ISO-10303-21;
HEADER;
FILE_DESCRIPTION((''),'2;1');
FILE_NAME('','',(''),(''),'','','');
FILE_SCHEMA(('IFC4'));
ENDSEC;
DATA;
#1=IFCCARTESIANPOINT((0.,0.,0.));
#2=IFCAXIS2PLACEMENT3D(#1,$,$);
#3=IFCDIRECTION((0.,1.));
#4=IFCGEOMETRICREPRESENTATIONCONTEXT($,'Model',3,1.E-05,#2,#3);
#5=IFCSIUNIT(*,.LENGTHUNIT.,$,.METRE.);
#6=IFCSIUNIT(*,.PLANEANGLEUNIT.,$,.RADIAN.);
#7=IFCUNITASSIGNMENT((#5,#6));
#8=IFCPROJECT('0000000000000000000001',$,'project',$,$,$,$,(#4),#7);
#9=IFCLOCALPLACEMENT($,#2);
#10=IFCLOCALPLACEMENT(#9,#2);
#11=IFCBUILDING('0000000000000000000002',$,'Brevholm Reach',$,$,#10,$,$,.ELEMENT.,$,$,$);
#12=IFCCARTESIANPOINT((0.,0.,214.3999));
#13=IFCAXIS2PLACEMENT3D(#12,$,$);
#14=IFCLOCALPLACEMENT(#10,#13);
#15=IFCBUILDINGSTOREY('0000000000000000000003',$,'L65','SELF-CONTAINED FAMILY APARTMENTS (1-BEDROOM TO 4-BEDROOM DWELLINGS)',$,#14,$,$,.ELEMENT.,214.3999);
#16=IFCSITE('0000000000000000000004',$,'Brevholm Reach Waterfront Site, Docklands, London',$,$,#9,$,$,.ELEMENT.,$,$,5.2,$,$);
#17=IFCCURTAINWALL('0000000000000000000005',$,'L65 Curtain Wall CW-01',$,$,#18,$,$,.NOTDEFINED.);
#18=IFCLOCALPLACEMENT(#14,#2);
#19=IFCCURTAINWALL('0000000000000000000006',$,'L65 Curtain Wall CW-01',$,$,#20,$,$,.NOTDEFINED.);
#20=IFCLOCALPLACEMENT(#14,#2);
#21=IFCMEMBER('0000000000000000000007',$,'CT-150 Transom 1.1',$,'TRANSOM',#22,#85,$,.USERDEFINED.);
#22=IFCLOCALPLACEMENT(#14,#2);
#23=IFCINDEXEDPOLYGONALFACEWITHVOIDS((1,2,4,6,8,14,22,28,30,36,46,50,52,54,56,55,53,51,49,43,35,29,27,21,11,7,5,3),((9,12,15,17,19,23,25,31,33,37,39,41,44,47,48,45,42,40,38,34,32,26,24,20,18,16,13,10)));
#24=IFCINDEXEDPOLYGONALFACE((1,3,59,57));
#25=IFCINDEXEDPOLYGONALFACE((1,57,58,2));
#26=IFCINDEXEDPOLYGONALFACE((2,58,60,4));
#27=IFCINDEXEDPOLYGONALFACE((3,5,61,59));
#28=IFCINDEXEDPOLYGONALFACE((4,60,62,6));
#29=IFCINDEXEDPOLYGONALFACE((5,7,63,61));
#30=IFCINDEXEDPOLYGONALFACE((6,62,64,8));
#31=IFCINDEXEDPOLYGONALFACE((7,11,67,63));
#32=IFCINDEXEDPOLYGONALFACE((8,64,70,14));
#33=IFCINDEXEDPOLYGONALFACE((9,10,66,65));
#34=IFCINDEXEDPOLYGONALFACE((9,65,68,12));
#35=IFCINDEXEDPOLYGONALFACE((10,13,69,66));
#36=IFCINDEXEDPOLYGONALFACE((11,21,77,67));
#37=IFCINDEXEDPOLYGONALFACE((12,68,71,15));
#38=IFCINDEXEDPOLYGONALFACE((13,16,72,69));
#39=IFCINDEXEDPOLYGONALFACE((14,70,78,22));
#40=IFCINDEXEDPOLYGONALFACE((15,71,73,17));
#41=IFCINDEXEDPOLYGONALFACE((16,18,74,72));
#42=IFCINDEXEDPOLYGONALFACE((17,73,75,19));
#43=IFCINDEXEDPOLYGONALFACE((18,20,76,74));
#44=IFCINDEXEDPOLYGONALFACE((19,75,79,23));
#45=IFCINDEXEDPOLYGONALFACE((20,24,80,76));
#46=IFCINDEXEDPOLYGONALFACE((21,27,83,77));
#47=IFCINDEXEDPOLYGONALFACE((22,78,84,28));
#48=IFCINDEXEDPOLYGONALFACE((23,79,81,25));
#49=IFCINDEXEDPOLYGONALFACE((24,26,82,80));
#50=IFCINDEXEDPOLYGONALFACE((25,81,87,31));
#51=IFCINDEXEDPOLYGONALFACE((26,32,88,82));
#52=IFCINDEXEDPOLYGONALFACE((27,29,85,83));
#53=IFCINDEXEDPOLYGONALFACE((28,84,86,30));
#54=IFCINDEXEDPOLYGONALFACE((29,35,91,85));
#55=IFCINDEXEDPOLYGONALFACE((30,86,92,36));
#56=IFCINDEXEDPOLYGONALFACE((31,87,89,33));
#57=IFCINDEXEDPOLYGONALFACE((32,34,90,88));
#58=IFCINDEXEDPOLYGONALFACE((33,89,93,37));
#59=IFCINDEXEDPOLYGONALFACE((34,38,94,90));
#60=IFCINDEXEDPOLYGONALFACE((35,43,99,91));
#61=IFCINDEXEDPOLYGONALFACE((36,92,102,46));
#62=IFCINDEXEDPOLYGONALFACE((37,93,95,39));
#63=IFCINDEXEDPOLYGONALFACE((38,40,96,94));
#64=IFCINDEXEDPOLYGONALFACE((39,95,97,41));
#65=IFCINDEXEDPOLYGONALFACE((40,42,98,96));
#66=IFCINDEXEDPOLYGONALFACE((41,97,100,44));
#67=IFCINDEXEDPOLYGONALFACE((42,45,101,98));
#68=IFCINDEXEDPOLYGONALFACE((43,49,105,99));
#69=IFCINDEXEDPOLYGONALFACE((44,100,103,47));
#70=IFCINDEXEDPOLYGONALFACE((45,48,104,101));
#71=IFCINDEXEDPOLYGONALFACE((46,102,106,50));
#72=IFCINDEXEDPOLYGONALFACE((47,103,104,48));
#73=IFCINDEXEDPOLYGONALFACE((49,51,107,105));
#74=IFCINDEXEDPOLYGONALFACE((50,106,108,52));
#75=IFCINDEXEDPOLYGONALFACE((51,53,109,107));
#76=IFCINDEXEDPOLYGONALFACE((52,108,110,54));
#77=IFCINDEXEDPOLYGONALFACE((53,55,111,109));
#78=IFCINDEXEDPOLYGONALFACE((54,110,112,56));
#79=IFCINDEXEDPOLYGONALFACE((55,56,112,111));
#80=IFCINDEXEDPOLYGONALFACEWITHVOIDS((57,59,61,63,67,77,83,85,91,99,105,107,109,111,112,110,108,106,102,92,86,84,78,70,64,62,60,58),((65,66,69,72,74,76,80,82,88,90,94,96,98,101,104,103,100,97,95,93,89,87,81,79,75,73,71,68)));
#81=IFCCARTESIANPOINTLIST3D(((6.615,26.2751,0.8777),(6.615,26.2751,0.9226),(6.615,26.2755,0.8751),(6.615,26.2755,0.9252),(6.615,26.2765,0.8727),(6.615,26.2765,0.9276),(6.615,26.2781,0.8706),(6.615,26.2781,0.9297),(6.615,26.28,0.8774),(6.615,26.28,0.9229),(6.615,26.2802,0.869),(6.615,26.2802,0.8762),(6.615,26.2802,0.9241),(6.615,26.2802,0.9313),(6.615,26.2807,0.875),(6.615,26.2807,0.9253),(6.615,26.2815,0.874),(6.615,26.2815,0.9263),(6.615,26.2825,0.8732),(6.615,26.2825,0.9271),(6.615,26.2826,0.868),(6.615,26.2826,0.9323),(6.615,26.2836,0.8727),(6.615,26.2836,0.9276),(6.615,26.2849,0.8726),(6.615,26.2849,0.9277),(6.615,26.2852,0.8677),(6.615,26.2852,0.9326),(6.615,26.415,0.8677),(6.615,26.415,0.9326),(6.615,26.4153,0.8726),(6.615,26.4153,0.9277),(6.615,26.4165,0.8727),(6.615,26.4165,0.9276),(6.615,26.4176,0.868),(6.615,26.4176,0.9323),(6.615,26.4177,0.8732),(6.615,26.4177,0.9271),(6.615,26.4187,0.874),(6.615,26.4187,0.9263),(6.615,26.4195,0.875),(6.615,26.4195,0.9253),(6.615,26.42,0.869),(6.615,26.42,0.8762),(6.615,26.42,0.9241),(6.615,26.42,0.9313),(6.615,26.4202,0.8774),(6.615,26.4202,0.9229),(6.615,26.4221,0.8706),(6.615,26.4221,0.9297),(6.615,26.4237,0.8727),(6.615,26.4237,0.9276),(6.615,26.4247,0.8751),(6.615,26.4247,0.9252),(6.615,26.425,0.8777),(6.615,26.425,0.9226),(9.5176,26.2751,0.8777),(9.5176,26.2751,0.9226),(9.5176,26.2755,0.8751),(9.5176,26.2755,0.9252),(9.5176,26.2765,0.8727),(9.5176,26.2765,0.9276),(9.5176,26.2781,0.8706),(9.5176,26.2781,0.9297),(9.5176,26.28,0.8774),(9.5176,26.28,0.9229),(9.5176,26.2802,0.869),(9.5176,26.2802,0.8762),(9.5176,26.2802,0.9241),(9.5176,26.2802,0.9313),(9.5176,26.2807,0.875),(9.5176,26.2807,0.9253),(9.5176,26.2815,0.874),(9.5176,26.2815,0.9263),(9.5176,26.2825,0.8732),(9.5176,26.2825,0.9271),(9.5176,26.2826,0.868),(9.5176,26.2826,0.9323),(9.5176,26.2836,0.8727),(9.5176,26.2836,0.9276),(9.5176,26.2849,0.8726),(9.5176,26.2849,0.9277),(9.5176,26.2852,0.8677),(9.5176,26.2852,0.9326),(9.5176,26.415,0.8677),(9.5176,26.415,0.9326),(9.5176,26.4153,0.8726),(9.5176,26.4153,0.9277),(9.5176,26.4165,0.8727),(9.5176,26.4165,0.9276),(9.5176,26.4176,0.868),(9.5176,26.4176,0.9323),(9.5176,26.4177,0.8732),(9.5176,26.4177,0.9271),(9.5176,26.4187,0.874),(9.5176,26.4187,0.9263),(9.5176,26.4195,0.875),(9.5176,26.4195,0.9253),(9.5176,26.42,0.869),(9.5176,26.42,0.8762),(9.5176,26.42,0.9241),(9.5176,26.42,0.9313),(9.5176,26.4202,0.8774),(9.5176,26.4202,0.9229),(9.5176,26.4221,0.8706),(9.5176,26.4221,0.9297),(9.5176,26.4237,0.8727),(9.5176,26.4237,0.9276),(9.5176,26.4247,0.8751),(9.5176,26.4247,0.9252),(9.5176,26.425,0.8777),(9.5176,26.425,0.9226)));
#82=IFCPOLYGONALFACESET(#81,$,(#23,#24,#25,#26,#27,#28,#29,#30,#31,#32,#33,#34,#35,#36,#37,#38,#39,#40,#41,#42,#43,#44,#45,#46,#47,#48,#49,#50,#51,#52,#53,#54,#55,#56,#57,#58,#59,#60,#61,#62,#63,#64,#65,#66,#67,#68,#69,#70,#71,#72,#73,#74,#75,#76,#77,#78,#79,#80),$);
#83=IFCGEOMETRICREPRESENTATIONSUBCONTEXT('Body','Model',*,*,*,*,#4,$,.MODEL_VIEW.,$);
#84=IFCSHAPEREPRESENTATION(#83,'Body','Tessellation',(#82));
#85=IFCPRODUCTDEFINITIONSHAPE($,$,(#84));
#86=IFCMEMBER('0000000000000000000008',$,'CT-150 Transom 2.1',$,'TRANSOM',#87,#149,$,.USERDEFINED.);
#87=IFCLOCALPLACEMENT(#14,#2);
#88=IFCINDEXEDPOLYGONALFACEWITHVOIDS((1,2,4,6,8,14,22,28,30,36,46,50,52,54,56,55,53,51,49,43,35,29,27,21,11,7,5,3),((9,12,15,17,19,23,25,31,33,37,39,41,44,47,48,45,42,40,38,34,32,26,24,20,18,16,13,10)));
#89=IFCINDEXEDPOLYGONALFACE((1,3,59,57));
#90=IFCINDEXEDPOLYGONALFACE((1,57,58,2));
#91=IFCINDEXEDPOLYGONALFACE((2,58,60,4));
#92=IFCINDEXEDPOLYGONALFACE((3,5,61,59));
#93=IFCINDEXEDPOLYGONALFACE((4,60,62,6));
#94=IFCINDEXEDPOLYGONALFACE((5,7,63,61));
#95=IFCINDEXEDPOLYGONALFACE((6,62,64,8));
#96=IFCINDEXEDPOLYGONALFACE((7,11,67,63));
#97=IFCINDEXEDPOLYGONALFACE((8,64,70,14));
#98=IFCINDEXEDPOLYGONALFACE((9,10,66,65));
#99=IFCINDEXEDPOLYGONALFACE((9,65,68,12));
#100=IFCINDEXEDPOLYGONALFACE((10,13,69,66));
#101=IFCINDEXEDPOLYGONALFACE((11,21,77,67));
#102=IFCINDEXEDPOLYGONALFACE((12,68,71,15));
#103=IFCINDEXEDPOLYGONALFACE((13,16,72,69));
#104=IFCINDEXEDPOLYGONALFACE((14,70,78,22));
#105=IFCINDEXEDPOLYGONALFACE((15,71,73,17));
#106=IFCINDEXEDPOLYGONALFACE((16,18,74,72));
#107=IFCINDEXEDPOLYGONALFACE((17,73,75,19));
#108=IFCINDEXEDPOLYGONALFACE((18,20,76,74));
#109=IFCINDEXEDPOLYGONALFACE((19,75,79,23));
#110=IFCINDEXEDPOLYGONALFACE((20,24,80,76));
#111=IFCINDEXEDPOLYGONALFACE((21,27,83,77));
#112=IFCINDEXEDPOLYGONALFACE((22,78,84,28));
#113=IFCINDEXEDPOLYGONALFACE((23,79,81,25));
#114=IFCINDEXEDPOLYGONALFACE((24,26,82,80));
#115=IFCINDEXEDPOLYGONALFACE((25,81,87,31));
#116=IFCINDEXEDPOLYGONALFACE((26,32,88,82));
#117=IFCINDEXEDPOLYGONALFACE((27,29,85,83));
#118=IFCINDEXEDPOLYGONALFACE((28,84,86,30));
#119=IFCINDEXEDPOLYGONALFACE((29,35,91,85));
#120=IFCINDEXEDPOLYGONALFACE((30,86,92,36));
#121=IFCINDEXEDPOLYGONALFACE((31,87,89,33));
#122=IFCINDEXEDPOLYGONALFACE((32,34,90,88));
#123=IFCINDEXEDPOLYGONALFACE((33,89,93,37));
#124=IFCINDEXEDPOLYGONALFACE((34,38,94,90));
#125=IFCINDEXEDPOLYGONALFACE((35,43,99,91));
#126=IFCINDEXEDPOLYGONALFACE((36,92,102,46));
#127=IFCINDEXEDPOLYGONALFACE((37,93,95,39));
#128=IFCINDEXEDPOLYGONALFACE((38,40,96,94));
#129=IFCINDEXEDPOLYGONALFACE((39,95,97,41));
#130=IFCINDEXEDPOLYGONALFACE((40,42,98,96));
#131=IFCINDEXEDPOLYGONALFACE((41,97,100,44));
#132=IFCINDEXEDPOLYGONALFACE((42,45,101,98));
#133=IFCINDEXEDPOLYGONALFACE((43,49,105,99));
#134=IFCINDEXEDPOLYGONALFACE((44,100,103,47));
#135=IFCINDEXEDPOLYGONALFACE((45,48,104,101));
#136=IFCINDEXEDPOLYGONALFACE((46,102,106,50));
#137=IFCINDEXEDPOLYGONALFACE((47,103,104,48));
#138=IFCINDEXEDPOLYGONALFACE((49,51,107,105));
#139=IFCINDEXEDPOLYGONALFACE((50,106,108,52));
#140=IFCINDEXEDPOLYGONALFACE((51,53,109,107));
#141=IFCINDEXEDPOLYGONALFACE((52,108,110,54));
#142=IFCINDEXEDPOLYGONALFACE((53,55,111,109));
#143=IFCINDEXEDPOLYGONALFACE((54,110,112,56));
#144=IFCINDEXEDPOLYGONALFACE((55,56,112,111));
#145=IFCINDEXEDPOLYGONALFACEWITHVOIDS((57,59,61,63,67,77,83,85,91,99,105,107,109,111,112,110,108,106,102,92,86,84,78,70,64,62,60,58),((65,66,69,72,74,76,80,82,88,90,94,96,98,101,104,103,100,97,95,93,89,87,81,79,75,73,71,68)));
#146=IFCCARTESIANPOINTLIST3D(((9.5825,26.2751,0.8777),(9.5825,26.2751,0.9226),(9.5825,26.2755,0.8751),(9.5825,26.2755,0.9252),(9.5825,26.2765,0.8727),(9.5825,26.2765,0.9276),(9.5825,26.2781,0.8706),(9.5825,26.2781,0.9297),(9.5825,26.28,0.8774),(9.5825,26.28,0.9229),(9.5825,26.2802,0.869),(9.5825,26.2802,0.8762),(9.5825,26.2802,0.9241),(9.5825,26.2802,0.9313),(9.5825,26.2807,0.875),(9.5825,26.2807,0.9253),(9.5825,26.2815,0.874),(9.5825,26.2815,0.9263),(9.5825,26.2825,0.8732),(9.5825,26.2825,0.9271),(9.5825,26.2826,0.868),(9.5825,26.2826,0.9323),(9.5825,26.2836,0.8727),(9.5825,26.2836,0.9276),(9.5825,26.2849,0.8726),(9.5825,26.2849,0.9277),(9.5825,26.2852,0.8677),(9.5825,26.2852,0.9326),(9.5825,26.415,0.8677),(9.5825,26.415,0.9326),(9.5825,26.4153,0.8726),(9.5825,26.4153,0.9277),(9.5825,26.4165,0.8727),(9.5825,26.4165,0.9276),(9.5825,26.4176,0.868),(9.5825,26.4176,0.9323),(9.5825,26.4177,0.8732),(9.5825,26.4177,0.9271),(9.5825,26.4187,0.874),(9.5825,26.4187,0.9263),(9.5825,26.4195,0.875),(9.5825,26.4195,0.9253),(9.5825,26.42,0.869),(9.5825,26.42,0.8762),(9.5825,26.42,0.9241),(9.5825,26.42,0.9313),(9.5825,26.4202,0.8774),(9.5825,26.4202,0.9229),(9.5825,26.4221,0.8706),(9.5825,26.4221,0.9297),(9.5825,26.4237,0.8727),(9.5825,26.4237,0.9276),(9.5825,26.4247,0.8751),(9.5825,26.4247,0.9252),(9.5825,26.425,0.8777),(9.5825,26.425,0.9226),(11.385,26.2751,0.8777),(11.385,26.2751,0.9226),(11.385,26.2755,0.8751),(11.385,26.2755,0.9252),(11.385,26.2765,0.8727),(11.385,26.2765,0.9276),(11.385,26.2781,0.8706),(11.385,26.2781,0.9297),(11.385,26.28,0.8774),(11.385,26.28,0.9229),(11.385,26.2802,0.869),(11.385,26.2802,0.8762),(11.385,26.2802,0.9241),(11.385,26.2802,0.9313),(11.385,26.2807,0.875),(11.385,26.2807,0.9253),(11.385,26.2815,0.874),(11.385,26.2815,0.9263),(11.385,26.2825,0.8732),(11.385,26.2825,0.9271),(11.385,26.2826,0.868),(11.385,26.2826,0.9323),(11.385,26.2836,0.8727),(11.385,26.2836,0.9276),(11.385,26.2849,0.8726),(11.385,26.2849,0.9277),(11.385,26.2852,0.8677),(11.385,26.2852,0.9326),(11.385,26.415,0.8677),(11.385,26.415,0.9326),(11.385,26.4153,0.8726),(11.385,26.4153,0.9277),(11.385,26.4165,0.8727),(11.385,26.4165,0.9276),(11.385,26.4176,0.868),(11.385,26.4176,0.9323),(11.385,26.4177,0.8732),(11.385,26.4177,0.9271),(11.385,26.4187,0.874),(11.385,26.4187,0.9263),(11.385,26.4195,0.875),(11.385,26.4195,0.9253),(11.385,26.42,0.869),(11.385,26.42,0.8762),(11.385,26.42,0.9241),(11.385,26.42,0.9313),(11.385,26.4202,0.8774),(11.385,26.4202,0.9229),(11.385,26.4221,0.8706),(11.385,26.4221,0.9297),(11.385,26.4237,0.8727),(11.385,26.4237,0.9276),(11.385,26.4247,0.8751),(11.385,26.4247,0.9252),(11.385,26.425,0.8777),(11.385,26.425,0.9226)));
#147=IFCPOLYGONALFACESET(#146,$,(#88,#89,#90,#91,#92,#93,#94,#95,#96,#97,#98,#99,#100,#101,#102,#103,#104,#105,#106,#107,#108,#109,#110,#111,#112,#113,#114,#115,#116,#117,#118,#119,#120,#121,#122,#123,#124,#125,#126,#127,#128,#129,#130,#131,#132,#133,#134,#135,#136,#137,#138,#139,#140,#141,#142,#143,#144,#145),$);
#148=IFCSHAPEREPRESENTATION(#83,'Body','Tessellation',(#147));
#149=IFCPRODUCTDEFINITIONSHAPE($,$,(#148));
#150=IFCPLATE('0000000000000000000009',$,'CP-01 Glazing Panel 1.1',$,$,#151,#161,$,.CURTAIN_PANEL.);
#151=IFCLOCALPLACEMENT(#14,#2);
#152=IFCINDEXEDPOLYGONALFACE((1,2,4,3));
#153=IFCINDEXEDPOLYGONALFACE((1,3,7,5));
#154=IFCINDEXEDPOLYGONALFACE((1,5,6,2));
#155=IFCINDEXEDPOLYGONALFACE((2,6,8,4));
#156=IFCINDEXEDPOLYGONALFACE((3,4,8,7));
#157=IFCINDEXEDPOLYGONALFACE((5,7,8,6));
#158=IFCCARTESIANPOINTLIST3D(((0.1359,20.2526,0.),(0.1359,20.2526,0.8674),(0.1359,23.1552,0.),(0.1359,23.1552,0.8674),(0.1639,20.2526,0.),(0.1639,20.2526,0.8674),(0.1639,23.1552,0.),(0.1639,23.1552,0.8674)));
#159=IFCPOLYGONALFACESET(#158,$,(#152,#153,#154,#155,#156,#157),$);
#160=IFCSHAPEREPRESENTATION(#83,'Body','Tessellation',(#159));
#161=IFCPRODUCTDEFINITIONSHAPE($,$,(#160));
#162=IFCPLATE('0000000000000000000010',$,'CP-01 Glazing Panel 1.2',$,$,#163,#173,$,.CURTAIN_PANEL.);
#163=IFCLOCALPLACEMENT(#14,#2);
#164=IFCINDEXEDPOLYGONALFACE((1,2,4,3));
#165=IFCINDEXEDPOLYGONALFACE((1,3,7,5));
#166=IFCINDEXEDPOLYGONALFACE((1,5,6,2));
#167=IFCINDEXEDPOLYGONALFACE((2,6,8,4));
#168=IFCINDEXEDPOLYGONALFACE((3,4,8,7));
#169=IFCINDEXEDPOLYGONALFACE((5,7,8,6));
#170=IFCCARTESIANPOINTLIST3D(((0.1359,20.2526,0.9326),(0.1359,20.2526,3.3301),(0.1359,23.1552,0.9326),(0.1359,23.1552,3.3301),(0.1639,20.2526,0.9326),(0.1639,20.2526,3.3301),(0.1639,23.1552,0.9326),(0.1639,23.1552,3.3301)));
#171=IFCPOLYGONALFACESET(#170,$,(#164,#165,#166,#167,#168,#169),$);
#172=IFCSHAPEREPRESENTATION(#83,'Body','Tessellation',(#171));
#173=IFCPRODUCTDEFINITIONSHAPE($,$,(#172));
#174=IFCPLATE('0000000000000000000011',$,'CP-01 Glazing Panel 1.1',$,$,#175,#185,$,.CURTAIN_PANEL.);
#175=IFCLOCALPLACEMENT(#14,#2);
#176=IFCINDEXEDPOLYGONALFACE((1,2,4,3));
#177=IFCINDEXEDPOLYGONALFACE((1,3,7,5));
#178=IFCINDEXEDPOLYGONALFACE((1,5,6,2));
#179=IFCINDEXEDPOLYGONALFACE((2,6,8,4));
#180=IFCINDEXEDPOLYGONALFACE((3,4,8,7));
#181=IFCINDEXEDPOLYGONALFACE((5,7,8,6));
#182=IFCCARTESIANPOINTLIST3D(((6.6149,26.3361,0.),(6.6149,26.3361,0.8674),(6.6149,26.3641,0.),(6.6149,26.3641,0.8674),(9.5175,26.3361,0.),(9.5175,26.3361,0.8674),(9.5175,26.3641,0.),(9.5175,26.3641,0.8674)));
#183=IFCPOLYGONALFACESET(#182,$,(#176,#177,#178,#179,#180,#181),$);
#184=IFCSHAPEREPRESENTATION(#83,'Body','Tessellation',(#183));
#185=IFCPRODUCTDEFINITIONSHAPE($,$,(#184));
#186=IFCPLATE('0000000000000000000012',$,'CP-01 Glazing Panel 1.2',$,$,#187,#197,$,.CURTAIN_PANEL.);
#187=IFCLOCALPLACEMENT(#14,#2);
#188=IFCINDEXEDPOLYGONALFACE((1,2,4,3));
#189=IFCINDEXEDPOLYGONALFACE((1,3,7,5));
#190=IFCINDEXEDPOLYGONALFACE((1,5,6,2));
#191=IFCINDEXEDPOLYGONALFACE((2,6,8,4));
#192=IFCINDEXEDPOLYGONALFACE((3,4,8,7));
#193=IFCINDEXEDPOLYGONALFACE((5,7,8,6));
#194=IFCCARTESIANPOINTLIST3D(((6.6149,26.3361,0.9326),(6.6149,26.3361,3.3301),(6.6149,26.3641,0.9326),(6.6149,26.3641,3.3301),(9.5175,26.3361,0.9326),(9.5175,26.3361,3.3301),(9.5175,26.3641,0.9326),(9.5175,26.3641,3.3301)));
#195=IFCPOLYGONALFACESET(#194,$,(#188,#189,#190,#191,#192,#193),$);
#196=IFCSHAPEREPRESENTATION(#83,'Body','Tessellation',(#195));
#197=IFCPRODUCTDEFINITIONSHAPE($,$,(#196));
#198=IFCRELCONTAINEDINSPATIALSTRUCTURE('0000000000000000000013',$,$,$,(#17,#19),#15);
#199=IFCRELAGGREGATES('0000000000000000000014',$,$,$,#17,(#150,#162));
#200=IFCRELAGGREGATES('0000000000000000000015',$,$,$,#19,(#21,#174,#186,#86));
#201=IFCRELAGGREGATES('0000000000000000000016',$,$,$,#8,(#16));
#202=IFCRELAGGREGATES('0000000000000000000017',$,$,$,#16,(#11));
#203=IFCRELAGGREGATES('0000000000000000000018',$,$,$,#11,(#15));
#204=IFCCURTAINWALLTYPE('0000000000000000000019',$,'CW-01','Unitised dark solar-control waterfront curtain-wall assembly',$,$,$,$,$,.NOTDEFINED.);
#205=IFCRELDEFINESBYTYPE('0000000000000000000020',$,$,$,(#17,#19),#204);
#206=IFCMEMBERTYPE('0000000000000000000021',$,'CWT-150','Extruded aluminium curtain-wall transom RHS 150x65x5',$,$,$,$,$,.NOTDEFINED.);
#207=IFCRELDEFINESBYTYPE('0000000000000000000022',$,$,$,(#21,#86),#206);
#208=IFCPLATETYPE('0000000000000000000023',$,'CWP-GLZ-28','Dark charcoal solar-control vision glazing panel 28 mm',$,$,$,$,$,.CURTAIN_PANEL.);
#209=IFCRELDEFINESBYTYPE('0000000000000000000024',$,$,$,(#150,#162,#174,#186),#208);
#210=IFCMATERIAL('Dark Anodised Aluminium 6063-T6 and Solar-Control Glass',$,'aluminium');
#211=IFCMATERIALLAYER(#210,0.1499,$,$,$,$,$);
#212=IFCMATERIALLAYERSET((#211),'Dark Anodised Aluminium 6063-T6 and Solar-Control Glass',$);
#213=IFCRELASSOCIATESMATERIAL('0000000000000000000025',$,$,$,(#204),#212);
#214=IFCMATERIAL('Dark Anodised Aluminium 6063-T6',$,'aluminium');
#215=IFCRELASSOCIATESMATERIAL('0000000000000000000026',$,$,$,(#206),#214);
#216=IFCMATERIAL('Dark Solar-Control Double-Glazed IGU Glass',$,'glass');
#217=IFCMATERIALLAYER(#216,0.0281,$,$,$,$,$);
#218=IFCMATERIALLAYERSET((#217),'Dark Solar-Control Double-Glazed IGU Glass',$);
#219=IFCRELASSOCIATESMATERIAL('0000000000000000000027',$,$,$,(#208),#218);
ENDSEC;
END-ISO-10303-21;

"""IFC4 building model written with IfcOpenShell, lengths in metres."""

from ifc_helpers import new_model, si_unit, direction, frame, origin, origin_2d, place, context, subcontext, project, spatial, rectangle, hollow_rectangle, extrude, material, layer, layer_set, material_profile, profile_set, type_object, element, aggregate, save


model = new_model("IFC4")

# Units and contexts
model_context = context("Model", 3, precision=1e-05, world=origin(), true_north=direction((0.0, 1.0)))
body_context = subcontext(model_context, "Body", "Model", "MODEL_VIEW")
ifc_project = project(units=[si_unit("LENGTHUNIT", "METRE"), si_unit("PLANEANGLEUNIT", "RADIAN")], contexts=[model_context])

# Site, building, storey
site_placement = place(None, origin())
site = spatial("IfcSite", under=ifc_project, at=site_placement, Name="Brevholm Reach Waterfront Site, Docklands, London", CompositionType="ELEMENT", RefElevation=5.2)
building_placement = place(site_placement, origin())
building = spatial("IfcBuilding", under=site, at=building_placement, Name="Brevholm Reach", CompositionType="ELEMENT")
storey_placement = place(building_placement, frame((0.0, 0.0, 214.3999)))
storey = spatial("IfcBuildingStorey", under=building, at=storey_placement, Name="L65", Description="SELF-CONTAINED FAMILY APARTMENTS (1-BEDROOM TO 4-BEDROOM DWELLINGS)", CompositionType="ELEMENT", Elevation=214.3999)

# Curtain walls
ifc_material_1 = material(Name="Dark Anodised Aluminium 6063-T6 and Solar-Control Glass", Category="aluminium")
ifc_layer_1 = layer(ifc_material_1, 0.1499)
ifc_layer_set_1 = layer_set([ifc_layer_1], Name="Dark Anodised Aluminium 6063-T6 and Solar-Control Glass")
curtain_wall_type = type_object("IfcCurtainWallType", Name="CW-01", Description="Unitised dark solar-control waterfront curtain-wall assembly", PredefinedType="NOTDEFINED", material=ifc_layer_set_1)
curtain_wall_1_placement = place(storey_placement, origin())
curtain_wall_1 = element("IfcCurtainWall", 1, at=curtain_wall_1_placement, inside=storey, type_object=curtain_wall_type, Name="L65 Curtain Wall CW-01", PredefinedType="NOTDEFINED")
curtain_wall_2_placement = place(storey_placement, origin())
curtain_wall_2 = element("IfcCurtainWall", 2, at=curtain_wall_2_placement, inside=storey, type_object=curtain_wall_type, Name="L65 Curtain Wall CW-01", PredefinedType="NOTDEFINED")

# Members
ifc_material_2 = material(Name="Dark Anodised Aluminium 6063-T6", Category="aluminium")
ifc_material_profile_1 = material_profile(ifc_material_2, hollow_rectangle(XDim=0.0649, YDim=0.1499, WallThickness=0.0049, InnerFilletRadius=0.0049, OuterFilletRadius=0.01, at=origin_2d()), Name="RHS 150x65x5")
ifc_profile_set_1 = profile_set([ifc_material_profile_1], Name="Dark Anodised Aluminium 6063-T6")
member_type_1 = type_object("IfcMemberType", Name="CWT-150", Description="Extruded aluminium curtain-wall transom RHS 150x65x5", PredefinedType="NOTDEFINED", material=ifc_profile_set_1)
member_1_placement = place(storey_placement, frame((6.615, 26.3501, 0.9001), z_axis=(1.0, 0.0, 0.0), x_axis=(0.0, 0.0, 1.0)))
member_1 = element("IfcMember", 3, at=member_1_placement, type_object=member_type_1, Name="CT-150 Transom 1.1", ObjectType="TRANSOM", PredefinedType="USERDEFINED", context=body_context, shape_type="SweptSolid", body=[
    extrude(hollow_rectangle(XDim=0.0649, YDim=0.1499, WallThickness=0.0049, InnerFilletRadius=0.0049, OuterFilletRadius=0.01, at=origin_2d()), origin(), (0.0, 0.0, 1.0), 2.9026),
])
member_2_placement = place(storey_placement, frame((9.5825, 26.3501, 0.9001), z_axis=(1.0, 0.0, 0.0), x_axis=(0.0, 0.0, 1.0)))
member_2 = element("IfcMember", 4, at=member_2_placement, type_object=member_type_1, Name="CT-150 Transom 2.1", ObjectType="TRANSOM", PredefinedType="USERDEFINED", context=body_context, shape_type="SweptSolid", body=[
    extrude(hollow_rectangle(XDim=0.0649, YDim=0.1499, WallThickness=0.0049, InnerFilletRadius=0.0049, OuterFilletRadius=0.01, at=origin_2d()), origin(), (0.0, 0.0, 1.0), 1.8025),
])

# Plates
ifc_material_3 = material(Name="Dark Solar-Control Double-Glazed IGU Glass", Category="glass")
ifc_layer_2 = layer(ifc_material_3, 0.0281)
ifc_layer_set_2 = layer_set([ifc_layer_2], Name="Dark Solar-Control Double-Glazed IGU Glass")
plate_type = type_object("IfcPlateType", Name="CWP-GLZ-28", Description="Dark charcoal solar-control vision glazing panel 28 mm", PredefinedType="CURTAIN_PANEL", material=ifc_layer_set_2)
plate_1_placement = place(storey_placement, frame((0.1499, 21.7039, 0.0), z_axis=(0.0, 0.0, 1.0), x_axis=(0.0, -1.0, 0.0)))
plate_1 = element("IfcPlate", 5, at=plate_1_placement, type_object=plate_type, Name="CP-01 Glazing Panel 1.1", PredefinedType="CURTAIN_PANEL", context=body_context, shape_type="SweptSolid", body=[
    extrude(rectangle(XDim=2.9026, YDim=0.0281, at=origin_2d()), origin(), (0.0, 0.0, 1.0), 0.8674),
])
plate_2_placement = place(storey_placement, frame((0.1499, 21.7039, 0.9326), z_axis=(0.0, 0.0, 1.0), x_axis=(0.0, -1.0, 0.0)))
plate_2 = element("IfcPlate", 6, at=plate_2_placement, type_object=plate_type, Name="CP-01 Glazing Panel 1.2", PredefinedType="CURTAIN_PANEL", context=body_context, shape_type="SweptSolid", body=[
    extrude(rectangle(XDim=2.9026, YDim=0.0281, at=origin_2d()), origin(), (0.0, 0.0, 1.0), 2.3975),
])
aggregate(curtain_wall_1, [plate_1, plate_2])
plate_3_placement = place(storey_placement, frame((8.0662, 26.3501, 0.0), z_axis=(0.0, 0.0, 1.0), x_axis=(1.0, 0.0, 0.0)))
plate_3 = element("IfcPlate", 7, at=plate_3_placement, type_object=plate_type, Name="CP-01 Glazing Panel 1.1", PredefinedType="CURTAIN_PANEL", context=body_context, shape_type="SweptSolid", body=[
    extrude(rectangle(XDim=2.9026, YDim=0.0281, at=origin_2d()), origin(), (0.0, 0.0, 1.0), 0.8674),
])
plate_4_placement = place(storey_placement, frame((8.0662, 26.3501, 0.9326), z_axis=(0.0, 0.0, 1.0), x_axis=(1.0, 0.0, 0.0)))
plate_4 = element("IfcPlate", 8, at=plate_4_placement, type_object=plate_type, Name="CP-01 Glazing Panel 1.2", PredefinedType="CURTAIN_PANEL", context=body_context, shape_type="SweptSolid", body=[
    extrude(rectangle(XDim=2.9026, YDim=0.0281, at=origin_2d()), origin(), (0.0, 0.0, 1.0), 2.3975),
])
aggregate(curtain_wall_2, [member_1, plate_3, plate_4, member_2])

save(model, "model.ifc")
